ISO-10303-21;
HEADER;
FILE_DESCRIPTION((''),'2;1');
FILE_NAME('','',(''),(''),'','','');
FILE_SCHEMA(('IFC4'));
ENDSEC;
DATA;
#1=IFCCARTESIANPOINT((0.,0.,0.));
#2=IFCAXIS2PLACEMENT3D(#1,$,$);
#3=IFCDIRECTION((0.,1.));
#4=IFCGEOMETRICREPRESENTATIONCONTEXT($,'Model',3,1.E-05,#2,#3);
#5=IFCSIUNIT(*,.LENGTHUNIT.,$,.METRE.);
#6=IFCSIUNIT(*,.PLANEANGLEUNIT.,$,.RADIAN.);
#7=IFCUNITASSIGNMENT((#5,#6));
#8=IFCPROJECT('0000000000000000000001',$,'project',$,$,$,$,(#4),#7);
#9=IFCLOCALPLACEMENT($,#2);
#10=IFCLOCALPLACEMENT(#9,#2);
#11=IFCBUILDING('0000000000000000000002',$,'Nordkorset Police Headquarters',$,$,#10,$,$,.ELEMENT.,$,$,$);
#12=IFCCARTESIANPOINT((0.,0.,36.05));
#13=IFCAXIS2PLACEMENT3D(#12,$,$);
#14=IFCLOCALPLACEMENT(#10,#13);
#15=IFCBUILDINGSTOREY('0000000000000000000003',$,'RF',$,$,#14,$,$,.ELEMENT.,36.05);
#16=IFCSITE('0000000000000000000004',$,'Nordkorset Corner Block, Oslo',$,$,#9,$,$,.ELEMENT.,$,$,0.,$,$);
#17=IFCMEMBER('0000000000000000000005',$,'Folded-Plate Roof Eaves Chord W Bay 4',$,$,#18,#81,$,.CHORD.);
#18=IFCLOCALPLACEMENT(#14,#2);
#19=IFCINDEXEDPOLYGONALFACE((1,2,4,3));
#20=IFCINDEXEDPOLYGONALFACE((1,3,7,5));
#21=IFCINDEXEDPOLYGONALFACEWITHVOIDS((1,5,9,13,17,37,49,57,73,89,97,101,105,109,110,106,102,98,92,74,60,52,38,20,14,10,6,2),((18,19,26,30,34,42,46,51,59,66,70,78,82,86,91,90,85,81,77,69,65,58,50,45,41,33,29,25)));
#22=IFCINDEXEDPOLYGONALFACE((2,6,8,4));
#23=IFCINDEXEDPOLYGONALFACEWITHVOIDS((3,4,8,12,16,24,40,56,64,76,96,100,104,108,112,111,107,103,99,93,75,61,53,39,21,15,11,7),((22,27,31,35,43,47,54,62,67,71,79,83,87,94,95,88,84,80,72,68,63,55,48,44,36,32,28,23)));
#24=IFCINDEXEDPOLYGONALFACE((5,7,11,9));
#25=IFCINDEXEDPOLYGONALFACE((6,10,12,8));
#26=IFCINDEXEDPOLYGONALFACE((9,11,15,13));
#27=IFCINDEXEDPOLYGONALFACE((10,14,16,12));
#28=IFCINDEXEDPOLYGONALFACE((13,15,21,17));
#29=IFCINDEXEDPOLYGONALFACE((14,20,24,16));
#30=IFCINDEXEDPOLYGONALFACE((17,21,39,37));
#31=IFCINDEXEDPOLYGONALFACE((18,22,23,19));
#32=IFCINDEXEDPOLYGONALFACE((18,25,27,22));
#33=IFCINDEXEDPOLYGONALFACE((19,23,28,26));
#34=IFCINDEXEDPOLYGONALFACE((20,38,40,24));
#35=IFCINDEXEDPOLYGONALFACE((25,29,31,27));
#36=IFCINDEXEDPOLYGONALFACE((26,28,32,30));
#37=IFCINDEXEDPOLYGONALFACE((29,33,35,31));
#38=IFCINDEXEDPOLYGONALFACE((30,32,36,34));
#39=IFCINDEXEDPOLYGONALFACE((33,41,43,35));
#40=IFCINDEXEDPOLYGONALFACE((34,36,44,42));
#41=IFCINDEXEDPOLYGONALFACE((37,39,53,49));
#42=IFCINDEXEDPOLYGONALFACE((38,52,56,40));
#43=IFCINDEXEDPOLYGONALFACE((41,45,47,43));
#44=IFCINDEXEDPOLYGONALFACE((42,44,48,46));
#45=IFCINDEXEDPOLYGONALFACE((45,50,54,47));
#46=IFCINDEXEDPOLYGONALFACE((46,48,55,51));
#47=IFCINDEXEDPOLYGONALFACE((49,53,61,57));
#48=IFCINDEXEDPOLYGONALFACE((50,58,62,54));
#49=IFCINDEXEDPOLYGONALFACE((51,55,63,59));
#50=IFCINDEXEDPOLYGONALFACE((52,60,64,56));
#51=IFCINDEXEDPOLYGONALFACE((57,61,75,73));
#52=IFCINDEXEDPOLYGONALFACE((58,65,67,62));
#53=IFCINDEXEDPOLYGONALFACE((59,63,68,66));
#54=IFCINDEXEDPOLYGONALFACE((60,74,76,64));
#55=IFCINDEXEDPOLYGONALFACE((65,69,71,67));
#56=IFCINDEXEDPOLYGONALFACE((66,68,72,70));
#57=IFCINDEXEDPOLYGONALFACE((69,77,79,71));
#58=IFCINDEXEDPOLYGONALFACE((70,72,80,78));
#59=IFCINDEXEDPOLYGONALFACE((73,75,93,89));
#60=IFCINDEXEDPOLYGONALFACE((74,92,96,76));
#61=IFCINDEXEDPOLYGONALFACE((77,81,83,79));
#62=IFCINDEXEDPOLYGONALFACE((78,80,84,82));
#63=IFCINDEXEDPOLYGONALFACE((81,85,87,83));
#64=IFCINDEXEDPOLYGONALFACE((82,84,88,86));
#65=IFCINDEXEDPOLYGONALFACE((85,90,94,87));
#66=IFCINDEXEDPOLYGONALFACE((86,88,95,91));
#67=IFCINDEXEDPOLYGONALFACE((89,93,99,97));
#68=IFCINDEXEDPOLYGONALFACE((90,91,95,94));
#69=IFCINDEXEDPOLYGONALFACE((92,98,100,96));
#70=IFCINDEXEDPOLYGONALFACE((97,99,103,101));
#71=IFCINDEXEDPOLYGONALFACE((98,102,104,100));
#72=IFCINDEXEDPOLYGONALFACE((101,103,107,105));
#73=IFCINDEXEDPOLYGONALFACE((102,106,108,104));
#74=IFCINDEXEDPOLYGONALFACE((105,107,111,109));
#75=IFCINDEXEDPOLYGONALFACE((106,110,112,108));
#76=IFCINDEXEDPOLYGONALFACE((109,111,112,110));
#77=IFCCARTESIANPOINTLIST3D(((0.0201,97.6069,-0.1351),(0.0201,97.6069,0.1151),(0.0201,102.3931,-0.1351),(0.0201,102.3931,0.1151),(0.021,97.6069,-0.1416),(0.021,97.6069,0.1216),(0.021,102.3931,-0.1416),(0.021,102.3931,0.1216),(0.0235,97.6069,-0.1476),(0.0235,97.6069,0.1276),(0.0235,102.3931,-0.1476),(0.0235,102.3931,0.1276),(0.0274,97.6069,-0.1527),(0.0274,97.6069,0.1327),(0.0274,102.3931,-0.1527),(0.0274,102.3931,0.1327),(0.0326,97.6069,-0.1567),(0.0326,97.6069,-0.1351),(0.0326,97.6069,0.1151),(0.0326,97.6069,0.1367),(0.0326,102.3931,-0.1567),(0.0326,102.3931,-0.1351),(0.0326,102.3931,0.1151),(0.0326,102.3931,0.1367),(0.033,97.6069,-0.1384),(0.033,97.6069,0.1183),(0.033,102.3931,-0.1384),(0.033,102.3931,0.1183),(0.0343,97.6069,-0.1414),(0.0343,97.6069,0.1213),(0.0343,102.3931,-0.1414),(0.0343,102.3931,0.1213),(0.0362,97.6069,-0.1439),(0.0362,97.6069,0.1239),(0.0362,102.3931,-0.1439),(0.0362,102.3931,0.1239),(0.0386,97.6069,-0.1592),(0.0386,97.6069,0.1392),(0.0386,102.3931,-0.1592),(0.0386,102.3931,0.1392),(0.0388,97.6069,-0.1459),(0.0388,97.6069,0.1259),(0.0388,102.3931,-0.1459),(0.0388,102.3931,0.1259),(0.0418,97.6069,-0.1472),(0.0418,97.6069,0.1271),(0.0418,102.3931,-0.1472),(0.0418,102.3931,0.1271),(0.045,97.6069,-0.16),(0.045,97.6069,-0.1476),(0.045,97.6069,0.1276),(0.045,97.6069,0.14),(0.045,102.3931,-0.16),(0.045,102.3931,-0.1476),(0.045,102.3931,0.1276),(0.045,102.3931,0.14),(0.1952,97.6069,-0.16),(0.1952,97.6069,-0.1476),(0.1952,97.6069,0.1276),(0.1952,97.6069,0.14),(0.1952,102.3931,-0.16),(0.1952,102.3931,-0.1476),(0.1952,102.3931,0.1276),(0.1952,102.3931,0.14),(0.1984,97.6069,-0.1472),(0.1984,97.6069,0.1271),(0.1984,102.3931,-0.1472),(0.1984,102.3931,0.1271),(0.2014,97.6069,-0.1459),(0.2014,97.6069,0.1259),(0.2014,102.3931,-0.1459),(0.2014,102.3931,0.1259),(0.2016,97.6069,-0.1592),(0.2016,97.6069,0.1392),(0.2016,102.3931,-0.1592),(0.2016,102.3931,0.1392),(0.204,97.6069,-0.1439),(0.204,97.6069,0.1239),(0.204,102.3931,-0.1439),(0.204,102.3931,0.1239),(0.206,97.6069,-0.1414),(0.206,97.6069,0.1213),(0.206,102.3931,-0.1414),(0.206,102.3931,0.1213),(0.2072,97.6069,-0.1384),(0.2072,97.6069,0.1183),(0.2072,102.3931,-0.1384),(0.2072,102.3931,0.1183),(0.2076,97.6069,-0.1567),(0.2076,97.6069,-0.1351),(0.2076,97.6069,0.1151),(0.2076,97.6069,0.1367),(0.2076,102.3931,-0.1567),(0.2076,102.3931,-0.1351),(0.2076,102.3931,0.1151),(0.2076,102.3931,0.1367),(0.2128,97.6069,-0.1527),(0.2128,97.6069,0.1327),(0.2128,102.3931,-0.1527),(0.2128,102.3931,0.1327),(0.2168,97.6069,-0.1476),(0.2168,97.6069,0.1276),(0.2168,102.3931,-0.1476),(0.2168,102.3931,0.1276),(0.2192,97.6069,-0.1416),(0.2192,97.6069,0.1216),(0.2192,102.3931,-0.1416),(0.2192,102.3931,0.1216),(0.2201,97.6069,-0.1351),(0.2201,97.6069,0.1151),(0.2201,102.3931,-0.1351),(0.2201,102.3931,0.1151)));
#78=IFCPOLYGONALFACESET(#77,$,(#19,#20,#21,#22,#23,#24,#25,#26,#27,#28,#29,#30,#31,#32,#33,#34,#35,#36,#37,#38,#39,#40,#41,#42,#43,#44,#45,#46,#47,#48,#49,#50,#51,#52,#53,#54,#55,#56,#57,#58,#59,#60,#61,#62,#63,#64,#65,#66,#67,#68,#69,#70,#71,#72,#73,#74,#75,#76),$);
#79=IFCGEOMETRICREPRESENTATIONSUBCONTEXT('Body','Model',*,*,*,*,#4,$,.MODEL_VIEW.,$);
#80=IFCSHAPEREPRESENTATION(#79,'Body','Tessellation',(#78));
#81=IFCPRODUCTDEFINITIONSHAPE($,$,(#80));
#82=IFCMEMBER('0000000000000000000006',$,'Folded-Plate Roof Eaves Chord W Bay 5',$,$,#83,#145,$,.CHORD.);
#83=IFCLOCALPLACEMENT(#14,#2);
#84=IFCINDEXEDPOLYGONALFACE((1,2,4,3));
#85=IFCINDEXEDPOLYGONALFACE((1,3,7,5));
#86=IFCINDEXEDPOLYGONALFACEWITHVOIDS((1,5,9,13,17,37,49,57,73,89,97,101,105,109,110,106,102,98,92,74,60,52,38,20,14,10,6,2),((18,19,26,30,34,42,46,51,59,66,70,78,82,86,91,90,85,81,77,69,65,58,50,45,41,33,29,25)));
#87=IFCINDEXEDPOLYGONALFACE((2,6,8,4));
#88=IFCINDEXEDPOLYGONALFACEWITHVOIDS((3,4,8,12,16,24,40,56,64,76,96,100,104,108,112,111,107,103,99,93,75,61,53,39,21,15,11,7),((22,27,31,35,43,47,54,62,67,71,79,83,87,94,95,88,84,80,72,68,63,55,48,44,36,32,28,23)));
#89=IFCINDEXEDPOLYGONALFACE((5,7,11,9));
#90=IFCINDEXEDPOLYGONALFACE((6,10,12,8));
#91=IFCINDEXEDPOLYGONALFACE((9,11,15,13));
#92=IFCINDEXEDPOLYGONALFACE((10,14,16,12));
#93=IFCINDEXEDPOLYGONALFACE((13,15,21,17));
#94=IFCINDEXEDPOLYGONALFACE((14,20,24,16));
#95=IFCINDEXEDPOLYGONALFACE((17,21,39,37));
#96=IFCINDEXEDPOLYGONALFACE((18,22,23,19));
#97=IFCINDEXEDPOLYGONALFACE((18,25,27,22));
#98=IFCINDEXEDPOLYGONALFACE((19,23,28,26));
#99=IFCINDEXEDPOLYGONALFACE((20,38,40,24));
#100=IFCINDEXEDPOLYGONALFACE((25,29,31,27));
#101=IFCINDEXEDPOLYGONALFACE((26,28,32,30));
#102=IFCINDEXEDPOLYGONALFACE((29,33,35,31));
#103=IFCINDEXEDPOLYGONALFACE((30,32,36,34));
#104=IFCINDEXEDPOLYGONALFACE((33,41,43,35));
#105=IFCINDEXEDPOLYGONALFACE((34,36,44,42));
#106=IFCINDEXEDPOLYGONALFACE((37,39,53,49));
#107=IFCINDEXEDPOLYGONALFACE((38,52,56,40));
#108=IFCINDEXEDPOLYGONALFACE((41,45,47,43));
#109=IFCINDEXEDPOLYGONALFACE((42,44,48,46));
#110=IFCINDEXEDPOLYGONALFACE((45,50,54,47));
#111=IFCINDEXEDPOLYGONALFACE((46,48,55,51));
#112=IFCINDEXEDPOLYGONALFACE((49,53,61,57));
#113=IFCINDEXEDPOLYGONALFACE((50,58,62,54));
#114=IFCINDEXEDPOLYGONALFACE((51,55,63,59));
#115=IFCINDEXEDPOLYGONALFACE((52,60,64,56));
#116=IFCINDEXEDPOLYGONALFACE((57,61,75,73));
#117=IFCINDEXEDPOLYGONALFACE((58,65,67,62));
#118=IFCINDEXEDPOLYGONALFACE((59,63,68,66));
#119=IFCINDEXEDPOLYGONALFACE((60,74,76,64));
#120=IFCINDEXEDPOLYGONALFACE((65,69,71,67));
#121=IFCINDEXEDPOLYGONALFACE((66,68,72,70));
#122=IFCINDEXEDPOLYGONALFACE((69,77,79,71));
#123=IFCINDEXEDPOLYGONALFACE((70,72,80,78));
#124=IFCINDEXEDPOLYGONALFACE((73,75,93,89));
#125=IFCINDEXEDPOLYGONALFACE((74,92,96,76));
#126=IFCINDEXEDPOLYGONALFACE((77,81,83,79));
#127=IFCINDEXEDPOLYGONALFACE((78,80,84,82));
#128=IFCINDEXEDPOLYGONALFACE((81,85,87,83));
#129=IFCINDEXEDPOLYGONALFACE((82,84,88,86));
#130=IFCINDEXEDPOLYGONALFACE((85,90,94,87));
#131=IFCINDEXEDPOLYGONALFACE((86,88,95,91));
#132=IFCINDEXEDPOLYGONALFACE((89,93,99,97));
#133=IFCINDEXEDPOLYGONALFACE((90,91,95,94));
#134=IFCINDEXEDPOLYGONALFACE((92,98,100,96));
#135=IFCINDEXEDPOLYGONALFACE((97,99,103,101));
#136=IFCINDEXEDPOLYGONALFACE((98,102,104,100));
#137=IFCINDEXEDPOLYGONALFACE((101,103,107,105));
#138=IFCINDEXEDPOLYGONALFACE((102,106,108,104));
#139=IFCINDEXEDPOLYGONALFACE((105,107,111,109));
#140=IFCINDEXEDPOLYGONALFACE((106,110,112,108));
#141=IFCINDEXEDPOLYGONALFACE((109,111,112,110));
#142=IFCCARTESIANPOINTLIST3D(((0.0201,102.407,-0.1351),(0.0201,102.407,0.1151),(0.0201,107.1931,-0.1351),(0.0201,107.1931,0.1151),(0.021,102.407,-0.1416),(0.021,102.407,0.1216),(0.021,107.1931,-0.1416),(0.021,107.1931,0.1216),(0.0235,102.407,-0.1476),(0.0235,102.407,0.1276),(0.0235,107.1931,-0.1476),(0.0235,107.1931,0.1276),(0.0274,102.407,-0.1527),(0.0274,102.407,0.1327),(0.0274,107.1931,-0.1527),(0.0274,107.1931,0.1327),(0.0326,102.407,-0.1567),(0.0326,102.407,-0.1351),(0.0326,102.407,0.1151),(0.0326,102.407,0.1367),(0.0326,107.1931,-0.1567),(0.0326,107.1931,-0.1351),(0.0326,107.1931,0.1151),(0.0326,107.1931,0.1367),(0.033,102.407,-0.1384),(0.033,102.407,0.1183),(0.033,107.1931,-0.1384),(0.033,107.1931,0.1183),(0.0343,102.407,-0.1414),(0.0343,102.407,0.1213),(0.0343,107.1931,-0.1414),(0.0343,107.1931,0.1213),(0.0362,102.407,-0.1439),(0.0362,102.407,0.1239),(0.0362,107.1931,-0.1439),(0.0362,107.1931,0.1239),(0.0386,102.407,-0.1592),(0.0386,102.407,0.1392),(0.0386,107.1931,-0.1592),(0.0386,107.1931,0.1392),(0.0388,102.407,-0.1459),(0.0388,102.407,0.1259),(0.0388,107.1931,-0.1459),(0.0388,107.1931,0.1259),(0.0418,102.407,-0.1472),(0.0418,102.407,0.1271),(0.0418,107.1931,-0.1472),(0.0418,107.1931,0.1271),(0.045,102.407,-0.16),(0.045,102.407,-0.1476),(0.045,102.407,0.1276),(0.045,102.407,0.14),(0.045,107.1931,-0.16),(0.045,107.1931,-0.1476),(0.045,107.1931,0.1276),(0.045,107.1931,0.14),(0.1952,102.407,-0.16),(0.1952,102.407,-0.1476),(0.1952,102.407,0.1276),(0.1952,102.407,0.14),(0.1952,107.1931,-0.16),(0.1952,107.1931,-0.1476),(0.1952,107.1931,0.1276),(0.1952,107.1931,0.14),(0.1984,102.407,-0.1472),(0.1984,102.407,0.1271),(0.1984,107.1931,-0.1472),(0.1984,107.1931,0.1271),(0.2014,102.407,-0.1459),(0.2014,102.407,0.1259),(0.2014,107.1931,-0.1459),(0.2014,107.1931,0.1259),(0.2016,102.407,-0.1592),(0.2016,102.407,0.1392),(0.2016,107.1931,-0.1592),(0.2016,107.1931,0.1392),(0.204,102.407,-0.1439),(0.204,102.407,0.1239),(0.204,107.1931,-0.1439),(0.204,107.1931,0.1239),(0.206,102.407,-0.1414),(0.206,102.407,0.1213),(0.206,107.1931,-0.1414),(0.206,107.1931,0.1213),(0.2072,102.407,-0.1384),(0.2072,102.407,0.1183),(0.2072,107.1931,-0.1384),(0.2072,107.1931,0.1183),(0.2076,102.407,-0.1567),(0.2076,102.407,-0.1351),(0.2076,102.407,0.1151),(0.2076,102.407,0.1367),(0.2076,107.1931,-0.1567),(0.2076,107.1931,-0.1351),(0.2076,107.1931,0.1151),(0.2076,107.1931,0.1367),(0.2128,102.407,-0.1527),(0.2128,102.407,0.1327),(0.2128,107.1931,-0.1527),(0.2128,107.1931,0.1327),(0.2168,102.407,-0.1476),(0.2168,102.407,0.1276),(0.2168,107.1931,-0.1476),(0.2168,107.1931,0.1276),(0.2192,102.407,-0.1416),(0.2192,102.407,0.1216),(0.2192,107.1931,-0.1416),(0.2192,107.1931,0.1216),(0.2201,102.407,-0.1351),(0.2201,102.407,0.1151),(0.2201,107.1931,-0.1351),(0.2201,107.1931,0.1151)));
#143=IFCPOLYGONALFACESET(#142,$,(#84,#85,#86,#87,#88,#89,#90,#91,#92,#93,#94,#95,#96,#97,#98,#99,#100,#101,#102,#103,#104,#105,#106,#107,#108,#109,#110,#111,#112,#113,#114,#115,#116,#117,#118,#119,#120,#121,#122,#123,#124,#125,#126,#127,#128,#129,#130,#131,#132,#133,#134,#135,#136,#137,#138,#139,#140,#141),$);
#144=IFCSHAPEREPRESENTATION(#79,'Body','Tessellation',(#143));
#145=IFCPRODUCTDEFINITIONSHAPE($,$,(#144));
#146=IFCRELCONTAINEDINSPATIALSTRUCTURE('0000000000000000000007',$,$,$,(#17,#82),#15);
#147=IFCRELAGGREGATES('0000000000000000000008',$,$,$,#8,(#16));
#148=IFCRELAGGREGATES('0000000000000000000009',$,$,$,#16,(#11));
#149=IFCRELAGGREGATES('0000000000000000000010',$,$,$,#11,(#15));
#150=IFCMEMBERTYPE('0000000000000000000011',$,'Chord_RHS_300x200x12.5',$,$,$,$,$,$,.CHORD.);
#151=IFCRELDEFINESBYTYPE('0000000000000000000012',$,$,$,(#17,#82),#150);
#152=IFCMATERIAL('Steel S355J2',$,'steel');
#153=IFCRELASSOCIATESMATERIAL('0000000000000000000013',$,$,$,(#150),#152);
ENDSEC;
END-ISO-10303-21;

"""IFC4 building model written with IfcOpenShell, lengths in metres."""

from ifc_helpers import new_model, si_unit, direction, frame, origin, origin_2d, place, context, subcontext, project, spatial, hollow_rectangle, extrude, material, material_profile, profile_set, type_object, element, save


model = new_model("IFC4")

# Units and contexts
model_context = context("Model", 3, precision=1e-05, world=origin(), true_north=direction((0.0, 1.0)))
body_context = subcontext(model_context, "Body", "Model", "MODEL_VIEW")
ifc_project = project(units=[si_unit("LENGTHUNIT", "METRE"), si_unit("PLANEANGLEUNIT", "RADIAN")], contexts=[model_context])

# Site, building, storey
site_placement = place(None, origin())
site = spatial("IfcSite", under=ifc_project, at=site_placement, Name="Nordkorset Corner Block, Oslo", CompositionType="ELEMENT", RefElevation=0.0)
building_placement = place(site_placement, origin())
building = spatial("IfcBuilding", under=site, at=building_placement, Name="Nordkorset Police Headquarters", CompositionType="ELEMENT")
storey_placement = place(building_placement, frame((0.0, 0.0, 36.05)))
storey = spatial("IfcBuildingStorey", under=building, at=storey_placement, Name="RF", CompositionType="ELEMENT", Elevation=36.05)

# Members
ifc_material_1 = material(Name="Steel S355J2", Category="steel")
ifc_material_profile_1 = material_profile(ifc_material_1, hollow_rectangle(XDim=0.2, YDim=0.3, WallThickness=0.0125, InnerFilletRadius=0.0125, OuterFilletRadius=0.0249, at=origin_2d()), Name="RHS 300x200x12.5")
ifc_profile_set_1 = profile_set([ifc_material_profile_1], Name="Steel S355J2")
member_type_1 = type_object("IfcMemberType", Name="Chord_RHS_300x200x12.5", PredefinedType="CHORD", material=ifc_profile_set_1)
for number, where, z_axis, x_axis, name in (
    (1, (0.1201, 97.6069, -0.01), (0.0, 1.0, 0.0), (-1.0, 0.0, 0.0), "Folded-Plate Roof Eaves Chord W Bay 4"),
    (2, (0.1201, 102.407, -0.01), (0.0, 1.0, 0.0), (-1.0, 0.0, 0.0), "Folded-Plate Roof Eaves Chord W Bay 5"),
):
    element("IfcMember", number, at=place(storey_placement, frame(where, z_axis=z_axis, x_axis=x_axis)), inside=storey, type_object=member_type_1, Name=name, PredefinedType="CHORD", context=body_context, shape_type="SweptSolid", body=[
        extrude(hollow_rectangle(XDim=0.2, YDim=0.3, WallThickness=0.0125, InnerFilletRadius=0.0125, OuterFilletRadius=0.0249, at=origin_2d()), origin(), (0.0, 0.0, 1.0), 4.7861),
    ])

save(model, "model.ifc")
